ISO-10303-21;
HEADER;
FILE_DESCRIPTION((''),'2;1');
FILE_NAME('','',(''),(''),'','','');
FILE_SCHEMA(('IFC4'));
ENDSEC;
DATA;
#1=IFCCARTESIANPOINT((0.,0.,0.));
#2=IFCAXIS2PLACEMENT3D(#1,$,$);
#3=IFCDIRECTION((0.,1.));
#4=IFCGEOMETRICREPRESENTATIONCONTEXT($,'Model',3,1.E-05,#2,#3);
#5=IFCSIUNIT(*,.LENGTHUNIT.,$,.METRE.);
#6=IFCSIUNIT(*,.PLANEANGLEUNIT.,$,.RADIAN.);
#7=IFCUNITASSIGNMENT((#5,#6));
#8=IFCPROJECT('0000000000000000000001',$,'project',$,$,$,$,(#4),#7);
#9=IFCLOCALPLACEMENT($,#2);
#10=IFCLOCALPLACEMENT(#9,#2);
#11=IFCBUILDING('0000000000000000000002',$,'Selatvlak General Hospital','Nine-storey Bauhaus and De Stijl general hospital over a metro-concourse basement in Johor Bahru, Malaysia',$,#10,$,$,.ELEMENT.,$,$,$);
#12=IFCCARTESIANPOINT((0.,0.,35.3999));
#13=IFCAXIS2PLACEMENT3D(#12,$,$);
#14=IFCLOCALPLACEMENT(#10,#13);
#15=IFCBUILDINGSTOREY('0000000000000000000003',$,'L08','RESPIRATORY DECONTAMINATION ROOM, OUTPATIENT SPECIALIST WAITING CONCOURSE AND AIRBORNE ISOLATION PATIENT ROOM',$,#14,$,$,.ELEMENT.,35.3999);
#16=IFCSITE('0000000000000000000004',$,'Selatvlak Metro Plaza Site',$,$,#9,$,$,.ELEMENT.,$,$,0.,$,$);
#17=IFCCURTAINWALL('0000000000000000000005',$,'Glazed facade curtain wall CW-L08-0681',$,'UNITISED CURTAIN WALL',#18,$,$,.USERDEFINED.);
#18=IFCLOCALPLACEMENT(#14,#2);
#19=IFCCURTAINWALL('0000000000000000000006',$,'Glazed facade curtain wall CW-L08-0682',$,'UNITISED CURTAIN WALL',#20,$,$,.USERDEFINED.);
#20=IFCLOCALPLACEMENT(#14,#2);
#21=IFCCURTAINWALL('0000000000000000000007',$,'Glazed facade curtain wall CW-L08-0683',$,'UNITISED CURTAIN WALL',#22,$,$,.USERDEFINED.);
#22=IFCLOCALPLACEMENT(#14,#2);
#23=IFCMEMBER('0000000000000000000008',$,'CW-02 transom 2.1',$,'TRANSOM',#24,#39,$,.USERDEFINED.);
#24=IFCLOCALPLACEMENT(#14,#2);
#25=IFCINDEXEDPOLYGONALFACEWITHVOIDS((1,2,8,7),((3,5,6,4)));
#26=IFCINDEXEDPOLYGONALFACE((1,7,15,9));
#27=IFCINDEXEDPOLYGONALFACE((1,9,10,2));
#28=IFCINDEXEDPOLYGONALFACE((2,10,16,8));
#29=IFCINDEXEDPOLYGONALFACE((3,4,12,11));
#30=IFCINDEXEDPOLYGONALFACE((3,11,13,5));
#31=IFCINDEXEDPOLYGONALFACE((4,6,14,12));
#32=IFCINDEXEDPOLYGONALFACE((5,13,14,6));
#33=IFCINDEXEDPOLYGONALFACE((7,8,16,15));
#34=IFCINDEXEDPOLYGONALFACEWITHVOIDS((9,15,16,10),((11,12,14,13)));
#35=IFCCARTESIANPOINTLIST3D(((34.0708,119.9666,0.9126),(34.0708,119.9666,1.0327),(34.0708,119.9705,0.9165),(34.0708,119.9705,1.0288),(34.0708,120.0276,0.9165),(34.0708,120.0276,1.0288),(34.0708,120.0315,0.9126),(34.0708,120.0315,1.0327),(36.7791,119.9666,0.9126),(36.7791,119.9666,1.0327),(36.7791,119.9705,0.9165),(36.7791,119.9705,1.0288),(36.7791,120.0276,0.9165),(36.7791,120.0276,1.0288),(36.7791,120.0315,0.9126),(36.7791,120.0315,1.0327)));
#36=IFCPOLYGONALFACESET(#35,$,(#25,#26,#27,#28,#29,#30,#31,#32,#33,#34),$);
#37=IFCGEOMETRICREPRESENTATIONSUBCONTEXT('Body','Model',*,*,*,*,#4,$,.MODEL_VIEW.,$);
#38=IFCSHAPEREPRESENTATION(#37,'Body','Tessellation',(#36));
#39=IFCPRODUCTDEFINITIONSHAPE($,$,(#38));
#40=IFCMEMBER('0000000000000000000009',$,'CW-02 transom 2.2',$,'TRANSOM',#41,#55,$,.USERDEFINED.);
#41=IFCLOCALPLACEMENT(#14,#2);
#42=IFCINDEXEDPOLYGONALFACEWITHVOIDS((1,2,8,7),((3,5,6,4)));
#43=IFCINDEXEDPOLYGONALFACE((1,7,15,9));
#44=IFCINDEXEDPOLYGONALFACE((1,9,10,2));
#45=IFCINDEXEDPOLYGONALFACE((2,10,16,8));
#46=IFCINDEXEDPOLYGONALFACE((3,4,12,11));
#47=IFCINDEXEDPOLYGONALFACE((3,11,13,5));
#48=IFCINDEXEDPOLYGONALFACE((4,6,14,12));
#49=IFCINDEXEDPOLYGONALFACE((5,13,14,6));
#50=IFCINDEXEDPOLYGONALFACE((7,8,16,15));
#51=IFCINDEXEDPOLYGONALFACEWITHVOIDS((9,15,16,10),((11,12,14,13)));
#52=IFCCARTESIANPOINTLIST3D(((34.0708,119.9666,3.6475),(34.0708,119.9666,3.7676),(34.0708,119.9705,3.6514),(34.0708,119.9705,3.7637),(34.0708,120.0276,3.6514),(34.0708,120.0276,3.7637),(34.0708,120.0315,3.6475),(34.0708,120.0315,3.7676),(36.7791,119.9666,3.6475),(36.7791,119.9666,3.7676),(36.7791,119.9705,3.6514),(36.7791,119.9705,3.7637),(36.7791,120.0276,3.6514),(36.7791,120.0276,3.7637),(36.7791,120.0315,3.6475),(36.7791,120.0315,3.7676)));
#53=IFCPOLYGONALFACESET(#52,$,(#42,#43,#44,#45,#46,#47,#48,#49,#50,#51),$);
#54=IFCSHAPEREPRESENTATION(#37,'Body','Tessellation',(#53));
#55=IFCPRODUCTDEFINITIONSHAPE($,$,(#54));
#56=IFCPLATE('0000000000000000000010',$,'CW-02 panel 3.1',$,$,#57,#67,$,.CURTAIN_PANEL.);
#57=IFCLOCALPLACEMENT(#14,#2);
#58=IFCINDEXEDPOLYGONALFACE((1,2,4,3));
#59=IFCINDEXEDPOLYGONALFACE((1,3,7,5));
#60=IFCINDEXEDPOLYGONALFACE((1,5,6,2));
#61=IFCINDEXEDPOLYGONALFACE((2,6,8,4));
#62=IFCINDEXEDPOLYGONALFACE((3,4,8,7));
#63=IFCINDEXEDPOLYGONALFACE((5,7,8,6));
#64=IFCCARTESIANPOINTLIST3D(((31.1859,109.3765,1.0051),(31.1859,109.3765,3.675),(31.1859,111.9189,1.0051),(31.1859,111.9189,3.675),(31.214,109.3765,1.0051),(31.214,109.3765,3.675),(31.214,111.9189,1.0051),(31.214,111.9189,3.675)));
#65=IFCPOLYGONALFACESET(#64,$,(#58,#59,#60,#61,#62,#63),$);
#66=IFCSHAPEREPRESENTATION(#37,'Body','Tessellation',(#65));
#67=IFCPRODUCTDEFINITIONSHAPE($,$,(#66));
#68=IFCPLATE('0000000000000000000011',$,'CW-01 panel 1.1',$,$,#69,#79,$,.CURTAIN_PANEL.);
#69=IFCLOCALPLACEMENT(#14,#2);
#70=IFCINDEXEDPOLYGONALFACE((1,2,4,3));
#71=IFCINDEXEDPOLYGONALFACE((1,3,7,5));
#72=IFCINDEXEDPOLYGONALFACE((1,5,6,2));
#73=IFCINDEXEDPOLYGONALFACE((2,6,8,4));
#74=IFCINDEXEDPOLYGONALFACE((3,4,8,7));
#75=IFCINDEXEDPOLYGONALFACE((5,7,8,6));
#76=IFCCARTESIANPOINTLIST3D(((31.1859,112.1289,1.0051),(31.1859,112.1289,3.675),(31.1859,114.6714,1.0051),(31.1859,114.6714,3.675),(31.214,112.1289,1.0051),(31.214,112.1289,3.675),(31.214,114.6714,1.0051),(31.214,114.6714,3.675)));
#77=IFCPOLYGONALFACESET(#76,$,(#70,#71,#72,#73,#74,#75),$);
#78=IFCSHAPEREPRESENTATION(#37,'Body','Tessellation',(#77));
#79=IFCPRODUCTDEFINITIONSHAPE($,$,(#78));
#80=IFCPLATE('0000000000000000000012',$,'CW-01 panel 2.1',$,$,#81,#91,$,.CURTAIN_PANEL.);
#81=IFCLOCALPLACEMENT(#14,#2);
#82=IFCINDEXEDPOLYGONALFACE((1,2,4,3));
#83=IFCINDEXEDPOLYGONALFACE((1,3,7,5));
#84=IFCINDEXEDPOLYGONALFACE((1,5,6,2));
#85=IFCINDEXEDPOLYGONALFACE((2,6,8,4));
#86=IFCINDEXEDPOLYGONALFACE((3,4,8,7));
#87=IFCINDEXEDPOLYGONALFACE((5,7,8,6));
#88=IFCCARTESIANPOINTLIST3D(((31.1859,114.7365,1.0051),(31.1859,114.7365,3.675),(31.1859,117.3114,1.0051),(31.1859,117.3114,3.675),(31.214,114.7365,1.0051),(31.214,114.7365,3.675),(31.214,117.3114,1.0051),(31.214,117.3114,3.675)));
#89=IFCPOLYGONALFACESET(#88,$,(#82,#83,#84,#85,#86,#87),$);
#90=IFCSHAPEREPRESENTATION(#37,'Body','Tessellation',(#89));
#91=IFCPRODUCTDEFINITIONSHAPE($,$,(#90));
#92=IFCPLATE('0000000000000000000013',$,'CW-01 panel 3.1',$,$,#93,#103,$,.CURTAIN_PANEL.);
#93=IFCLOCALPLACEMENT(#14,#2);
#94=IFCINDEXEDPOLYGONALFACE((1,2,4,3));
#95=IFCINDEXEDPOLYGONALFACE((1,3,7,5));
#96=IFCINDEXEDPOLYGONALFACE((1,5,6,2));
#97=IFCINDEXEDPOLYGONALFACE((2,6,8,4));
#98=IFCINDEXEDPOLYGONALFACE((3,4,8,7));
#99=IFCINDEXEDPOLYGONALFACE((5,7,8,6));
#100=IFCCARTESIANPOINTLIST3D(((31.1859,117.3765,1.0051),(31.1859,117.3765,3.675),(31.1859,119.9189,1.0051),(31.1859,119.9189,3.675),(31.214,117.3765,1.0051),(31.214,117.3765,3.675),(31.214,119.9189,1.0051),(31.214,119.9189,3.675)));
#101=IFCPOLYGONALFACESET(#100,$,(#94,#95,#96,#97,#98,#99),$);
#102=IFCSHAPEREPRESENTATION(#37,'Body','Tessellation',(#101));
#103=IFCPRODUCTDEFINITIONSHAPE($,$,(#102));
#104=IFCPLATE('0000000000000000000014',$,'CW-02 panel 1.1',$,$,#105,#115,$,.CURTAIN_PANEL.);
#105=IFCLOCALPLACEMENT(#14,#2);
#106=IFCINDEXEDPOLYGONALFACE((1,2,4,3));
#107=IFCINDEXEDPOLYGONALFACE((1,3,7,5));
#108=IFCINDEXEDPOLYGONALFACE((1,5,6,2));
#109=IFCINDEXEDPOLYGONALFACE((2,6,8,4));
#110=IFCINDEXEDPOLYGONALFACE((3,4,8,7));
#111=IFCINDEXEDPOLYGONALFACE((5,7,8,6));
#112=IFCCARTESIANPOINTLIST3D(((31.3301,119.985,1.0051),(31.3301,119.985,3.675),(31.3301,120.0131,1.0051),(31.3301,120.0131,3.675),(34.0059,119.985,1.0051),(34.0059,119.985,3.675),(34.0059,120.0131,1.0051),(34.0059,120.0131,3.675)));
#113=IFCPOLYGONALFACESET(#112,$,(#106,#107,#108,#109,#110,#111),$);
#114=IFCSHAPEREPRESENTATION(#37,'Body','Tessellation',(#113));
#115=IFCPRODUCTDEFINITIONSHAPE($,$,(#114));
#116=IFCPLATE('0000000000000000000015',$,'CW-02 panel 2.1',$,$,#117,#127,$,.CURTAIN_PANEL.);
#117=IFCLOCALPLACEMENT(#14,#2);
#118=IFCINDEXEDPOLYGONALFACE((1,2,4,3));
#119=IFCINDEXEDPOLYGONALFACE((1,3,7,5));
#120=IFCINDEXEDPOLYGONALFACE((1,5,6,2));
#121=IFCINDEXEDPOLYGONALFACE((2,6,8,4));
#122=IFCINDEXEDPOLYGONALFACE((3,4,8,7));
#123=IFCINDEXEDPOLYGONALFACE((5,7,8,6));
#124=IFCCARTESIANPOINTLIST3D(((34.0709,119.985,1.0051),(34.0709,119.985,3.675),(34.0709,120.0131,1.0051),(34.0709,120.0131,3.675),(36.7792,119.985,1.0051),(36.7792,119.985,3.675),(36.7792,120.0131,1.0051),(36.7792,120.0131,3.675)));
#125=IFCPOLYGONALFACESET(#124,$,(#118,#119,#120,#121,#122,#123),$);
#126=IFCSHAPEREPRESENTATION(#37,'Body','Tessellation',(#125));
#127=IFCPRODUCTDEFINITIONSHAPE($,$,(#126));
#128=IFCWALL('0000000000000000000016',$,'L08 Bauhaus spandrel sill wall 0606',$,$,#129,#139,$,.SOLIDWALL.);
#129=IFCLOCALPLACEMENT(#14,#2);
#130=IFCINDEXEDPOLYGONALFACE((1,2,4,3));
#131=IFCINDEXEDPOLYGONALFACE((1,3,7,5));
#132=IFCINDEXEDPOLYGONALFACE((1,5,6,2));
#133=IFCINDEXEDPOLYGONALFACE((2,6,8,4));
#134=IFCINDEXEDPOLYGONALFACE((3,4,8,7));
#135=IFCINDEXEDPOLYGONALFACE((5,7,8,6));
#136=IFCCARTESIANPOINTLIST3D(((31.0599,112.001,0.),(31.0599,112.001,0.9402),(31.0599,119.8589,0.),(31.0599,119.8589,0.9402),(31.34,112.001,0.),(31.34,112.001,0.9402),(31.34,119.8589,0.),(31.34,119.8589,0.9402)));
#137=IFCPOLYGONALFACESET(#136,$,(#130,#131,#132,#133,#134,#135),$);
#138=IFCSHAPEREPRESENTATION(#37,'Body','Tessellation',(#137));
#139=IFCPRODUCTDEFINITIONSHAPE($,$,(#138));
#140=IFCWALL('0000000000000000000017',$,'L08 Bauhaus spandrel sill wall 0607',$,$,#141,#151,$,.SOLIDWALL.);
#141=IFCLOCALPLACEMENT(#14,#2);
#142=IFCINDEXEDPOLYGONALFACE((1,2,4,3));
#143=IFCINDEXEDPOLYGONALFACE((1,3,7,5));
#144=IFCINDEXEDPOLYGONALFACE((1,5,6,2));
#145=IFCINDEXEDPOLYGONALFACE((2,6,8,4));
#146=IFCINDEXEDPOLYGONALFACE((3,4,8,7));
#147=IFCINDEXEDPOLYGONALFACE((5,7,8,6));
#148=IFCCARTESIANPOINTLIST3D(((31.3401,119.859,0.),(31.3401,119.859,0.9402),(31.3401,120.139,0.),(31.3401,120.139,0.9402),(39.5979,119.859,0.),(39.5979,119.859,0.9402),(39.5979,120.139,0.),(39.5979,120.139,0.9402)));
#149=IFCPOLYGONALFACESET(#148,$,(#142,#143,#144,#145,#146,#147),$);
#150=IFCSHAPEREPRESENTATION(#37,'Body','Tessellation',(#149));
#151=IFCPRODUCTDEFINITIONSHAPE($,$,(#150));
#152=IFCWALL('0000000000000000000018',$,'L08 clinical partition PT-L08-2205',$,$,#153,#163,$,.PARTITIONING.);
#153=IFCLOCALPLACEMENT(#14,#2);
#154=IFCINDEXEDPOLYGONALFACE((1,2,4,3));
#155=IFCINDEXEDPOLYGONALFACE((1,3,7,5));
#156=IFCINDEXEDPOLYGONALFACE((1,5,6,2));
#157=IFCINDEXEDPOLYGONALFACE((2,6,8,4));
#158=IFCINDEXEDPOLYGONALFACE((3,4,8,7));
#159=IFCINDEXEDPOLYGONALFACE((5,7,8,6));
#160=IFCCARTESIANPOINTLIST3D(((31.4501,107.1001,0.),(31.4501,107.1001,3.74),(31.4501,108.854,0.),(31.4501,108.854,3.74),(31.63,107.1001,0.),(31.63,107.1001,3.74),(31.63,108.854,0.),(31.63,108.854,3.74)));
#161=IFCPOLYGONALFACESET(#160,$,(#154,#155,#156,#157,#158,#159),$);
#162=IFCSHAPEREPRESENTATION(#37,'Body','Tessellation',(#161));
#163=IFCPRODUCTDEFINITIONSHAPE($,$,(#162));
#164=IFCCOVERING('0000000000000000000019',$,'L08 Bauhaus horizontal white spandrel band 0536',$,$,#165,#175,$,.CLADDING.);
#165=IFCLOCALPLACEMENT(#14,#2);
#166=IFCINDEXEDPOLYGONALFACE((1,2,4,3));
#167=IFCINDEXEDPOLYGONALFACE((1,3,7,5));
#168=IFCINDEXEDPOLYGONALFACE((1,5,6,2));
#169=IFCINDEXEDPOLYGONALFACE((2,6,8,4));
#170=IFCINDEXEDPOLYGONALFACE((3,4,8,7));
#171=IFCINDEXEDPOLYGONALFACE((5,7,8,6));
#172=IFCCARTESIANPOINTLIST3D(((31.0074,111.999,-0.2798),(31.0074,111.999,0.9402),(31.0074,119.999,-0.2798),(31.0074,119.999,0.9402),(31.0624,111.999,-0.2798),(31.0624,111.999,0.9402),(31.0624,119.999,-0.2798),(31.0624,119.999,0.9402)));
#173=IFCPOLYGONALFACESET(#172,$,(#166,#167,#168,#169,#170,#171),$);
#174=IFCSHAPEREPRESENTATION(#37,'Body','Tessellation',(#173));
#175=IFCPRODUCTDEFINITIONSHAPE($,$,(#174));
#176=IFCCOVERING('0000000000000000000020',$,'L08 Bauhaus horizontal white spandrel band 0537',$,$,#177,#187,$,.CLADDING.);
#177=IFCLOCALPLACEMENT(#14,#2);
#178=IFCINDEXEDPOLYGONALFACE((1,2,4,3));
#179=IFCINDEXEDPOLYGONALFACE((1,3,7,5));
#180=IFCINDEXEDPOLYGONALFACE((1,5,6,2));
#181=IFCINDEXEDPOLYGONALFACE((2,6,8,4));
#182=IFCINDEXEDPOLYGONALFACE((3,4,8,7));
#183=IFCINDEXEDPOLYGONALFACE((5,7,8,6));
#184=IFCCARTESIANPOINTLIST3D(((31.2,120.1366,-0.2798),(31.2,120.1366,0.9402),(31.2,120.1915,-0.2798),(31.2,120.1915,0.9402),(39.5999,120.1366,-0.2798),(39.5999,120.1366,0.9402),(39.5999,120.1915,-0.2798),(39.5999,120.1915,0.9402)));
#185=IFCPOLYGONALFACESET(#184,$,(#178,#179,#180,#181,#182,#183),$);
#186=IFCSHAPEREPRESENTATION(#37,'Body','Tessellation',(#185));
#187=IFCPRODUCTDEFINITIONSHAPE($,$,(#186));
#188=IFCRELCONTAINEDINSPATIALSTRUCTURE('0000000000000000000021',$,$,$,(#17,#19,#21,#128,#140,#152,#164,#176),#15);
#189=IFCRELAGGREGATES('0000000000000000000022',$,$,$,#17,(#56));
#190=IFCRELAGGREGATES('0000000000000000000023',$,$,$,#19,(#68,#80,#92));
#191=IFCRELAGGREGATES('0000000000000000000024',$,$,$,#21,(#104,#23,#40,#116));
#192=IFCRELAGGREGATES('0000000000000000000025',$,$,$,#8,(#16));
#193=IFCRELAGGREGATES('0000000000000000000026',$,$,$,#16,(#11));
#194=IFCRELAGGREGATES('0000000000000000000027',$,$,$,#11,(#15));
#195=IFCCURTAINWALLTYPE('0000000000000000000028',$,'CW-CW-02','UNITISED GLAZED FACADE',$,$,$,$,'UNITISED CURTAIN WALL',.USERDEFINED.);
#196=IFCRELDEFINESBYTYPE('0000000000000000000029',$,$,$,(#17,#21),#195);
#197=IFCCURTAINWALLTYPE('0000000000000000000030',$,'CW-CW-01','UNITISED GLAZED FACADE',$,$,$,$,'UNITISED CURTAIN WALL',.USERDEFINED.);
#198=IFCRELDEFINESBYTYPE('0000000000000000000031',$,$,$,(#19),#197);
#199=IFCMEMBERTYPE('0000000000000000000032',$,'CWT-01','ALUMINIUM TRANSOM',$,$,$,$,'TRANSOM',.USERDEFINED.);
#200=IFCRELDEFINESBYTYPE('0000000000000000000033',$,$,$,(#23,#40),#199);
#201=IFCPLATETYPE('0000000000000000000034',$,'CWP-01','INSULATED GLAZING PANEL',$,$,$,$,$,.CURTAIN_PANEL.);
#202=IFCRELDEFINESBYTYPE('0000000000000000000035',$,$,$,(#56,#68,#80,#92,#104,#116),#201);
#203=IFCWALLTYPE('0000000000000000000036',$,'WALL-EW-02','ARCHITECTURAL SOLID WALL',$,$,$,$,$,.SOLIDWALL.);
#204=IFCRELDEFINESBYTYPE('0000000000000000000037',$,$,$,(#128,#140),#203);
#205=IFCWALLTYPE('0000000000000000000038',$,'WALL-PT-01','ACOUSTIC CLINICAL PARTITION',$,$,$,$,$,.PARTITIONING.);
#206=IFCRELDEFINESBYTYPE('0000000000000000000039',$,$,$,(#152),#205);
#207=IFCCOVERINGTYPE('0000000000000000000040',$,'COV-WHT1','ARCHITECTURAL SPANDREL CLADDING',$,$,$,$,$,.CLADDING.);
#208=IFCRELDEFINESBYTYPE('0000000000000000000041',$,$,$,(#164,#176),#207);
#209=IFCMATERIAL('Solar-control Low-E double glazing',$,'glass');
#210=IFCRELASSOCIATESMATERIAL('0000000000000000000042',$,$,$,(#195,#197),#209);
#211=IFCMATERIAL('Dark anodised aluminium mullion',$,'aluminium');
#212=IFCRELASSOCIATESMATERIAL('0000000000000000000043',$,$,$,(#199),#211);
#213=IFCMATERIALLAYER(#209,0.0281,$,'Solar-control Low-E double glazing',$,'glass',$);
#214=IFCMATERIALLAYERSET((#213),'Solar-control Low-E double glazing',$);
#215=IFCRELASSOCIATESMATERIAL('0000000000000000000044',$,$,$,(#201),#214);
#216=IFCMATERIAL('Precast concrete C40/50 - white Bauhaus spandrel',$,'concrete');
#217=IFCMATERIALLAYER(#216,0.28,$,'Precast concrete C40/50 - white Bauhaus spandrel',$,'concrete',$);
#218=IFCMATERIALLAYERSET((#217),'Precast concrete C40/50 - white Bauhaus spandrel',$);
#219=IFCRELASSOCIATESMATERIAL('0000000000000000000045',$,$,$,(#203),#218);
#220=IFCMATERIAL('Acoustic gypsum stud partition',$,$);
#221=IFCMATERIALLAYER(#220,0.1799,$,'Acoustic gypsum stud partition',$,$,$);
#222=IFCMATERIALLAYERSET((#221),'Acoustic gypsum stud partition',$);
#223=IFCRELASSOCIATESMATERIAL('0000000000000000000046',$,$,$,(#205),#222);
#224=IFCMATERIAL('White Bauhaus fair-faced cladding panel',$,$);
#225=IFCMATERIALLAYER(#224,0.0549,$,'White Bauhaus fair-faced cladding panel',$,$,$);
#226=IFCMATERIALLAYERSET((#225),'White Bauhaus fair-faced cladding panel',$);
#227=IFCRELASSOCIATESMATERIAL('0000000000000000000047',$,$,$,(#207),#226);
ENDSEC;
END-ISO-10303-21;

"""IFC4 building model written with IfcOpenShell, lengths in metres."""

from ifc_helpers import new_model, si_unit, direction, frame, frame_2d, origin, origin_2d, place, context, subcontext, project, spatial, rectangle, hollow_rectangle, extrude, material, layer, layer_set, material_profile, profile_set, type_object, element, aggregate, save


model = new_model("IFC4")

# Units and contexts
model_context = context("Model", 3, precision=1e-05, world=origin(), true_north=direction((0.0, 1.0)))
body_context = subcontext(model_context, "Body", "Model", "MODEL_VIEW")
ifc_project = project(units=[si_unit("LENGTHUNIT", "METRE"), si_unit("PLANEANGLEUNIT", "RADIAN")], contexts=[model_context])

# Site, building, storey
site_placement = place(None, origin())
site = spatial("IfcSite", under=ifc_project, at=site_placement, Name="Selatvlak Metro Plaza Site", CompositionType="ELEMENT", RefElevation=0.0)
building_placement = place(site_placement, origin())
building = spatial("IfcBuilding", under=site, at=building_placement, Name="Selatvlak General Hospital", Description="Nine-storey Bauhaus and De Stijl general hospital over a metro-concourse basement in Johor Bahru, Malaysia", CompositionType="ELEMENT")
storey_placement = place(building_placement, frame((0.0, 0.0, 35.3999)))
storey = spatial("IfcBuildingStorey", under=building, at=storey_placement, Name="L08", Description="RESPIRATORY DECONTAMINATION ROOM, OUTPATIENT SPECIALIST WAITING CONCOURSE AND AIRBORNE ISOLATION PATIENT ROOM", CompositionType="ELEMENT", Elevation=35.3999)

# Curtain walls
ifc_material_1 = material(Name="Solar-control Low-E double glazing", Category="glass")
curtain_wall_type_1 = type_object("IfcCurtainWallType", Name="CW-CW-02", Description="UNITISED GLAZED FACADE", ElementType="UNITISED CURTAIN WALL", PredefinedType="USERDEFINED", material=ifc_material_1)
curtain_wall_1_placement = place(storey_placement, origin())
curtain_wall_1 = element("IfcCurtainWall", 1, at=curtain_wall_1_placement, inside=storey, type_object=curtain_wall_type_1, Name="Glazed facade curtain wall CW-L08-0681", ObjectType="UNITISED CURTAIN WALL", PredefinedType="USERDEFINED")
ifc_material_2 = material(Name="Dark anodised aluminium mullion", Category="aluminium")
curtain_wall_type_2 = type_object("IfcCurtainWallType", Name="CW-CW-01", Description="UNITISED GLAZED FACADE", ElementType="UNITISED CURTAIN WALL", PredefinedType="USERDEFINED", material=ifc_material_1)
curtain_wall_2_placement = place(storey_placement, origin())
curtain_wall_2 = element("IfcCurtainWall", 2, at=curtain_wall_2_placement, inside=storey, type_object=curtain_wall_type_2, Name="Glazed facade curtain wall CW-L08-0682", ObjectType="UNITISED CURTAIN WALL", PredefinedType="USERDEFINED")
curtain_wall_3_placement = place(storey_placement, origin())
curtain_wall_3 = element("IfcCurtainWall", 3, at=curtain_wall_3_placement, inside=storey, type_object=curtain_wall_type_1, Name="Glazed facade curtain wall CW-L08-0683", ObjectType="UNITISED CURTAIN WALL", PredefinedType="USERDEFINED")

# Members
ifc_material_profile_1 = material_profile(ifc_material_2, hollow_rectangle(XDim=0.0649, YDim=0.1201, WallThickness=0.0039, at=origin_2d()), Name="AL-TRN 65x120x4")
ifc_profile_set_1 = profile_set([ifc_material_profile_1], Name="Dark anodised aluminium mullion")
member_type_1 = type_object("IfcMemberType", Name="CWT-01", Description="ALUMINIUM TRANSOM", ElementType="TRANSOM", PredefinedType="USERDEFINED", material=ifc_profile_set_1)
member_1_placement = place(storey_placement, frame((34.0708, 119.999, 0.9727), z_axis=(1.0, 0.0, 0.0), x_axis=(0.0, 1.0, 0.0)))
member_1 = element("IfcMember", 4, at=member_1_placement, type_object=member_type_1, Name="CW-02 transom 2.1", ObjectType="TRANSOM", PredefinedType="USERDEFINED", context=body_context, shape_type="SweptSolid", body=[
    extrude(hollow_rectangle(XDim=0.0649, YDim=0.1201, WallThickness=0.0039, at=origin_2d()), origin(), (0.0, 0.0, 1.0), 2.7083),
])
member_2_placement = place(storey_placement, frame((34.0708, 119.999, 3.7075), z_axis=(1.0, 0.0, 0.0), x_axis=(0.0, 1.0, 0.0)))
member_2 = element("IfcMember", 5, at=member_2_placement, type_object=member_type_1, Name="CW-02 transom 2.2", ObjectType="TRANSOM", PredefinedType="USERDEFINED", context=body_context, shape_type="SweptSolid", body=[
    extrude(hollow_rectangle(XDim=0.0649, YDim=0.1201, WallThickness=0.0039, at=origin_2d()), origin(), (0.0, 0.0, 1.0), 2.7083),
])

# Plates
ifc_layer_1 = layer(ifc_material_1, 0.0281, Name="Solar-control Low-E double glazing", Category="glass")
ifc_layer_set_1 = layer_set([ifc_layer_1], Name="Solar-control Low-E double glazing")
plate_type = type_object("IfcPlateType", Name="CWP-01", Description="INSULATED GLAZING PANEL", PredefinedType="CURTAIN_PANEL", material=ifc_layer_set_1)
plate_1_placement = place(storey_placement, frame((31.2, 110.6477, 1.0051), z_axis=(0.0, 0.0, 1.0), x_axis=(0.0, 1.0, 0.0)))
plate_1 = element("IfcPlate", 6, at=plate_1_placement, type_object=plate_type, Name="CW-02 panel 3.1", PredefinedType="CURTAIN_PANEL", context=body_context, shape_type="SweptSolid", body=[
    extrude(rectangle(XDim=2.5425, YDim=0.0281, at=origin_2d()), origin(), (0.0, 0.0, 1.0), 2.6699),
])
aggregate(curtain_wall_1, [plate_1])
plate_2_placement = place(storey_placement, frame((31.2, 113.4001, 1.0051), z_axis=(0.0, 0.0, 1.0), x_axis=(0.0, 1.0, 0.0)))
plate_2 = element("IfcPlate", 7, at=plate_2_placement, type_object=plate_type, Name="CW-01 panel 1.1", PredefinedType="CURTAIN_PANEL", context=body_context, shape_type="SweptSolid", body=[
    extrude(rectangle(XDim=2.5425, YDim=0.0281, at=origin_2d()), origin(), (0.0, 0.0, 1.0), 2.6699),
])
plate_3_placement = place(storey_placement, frame((31.2, 116.0239, 1.0051), z_axis=(0.0, 0.0, 1.0), x_axis=(0.0, 1.0, 0.0)))
plate_3 = element("IfcPlate", 8, at=plate_3_placement, type_object=plate_type, Name="CW-01 panel 2.1", PredefinedType="CURTAIN_PANEL", context=body_context, shape_type="SweptSolid", body=[
    extrude(rectangle(XDim=2.575, YDim=0.0281, at=origin_2d()), origin(), (0.0, 0.0, 1.0), 2.6699),
])
plate_4_placement = place(storey_placement, frame((31.2, 118.6477, 1.0051), z_axis=(0.0, 0.0, 1.0), x_axis=(0.0, 1.0, 0.0)))
plate_4 = element("IfcPlate", 9, at=plate_4_placement, type_object=plate_type, Name="CW-01 panel 3.1", PredefinedType="CURTAIN_PANEL", context=body_context, shape_type="SweptSolid", body=[
    extrude(rectangle(XDim=2.5425, YDim=0.0281, at=origin_2d()), origin(), (0.0, 0.0, 1.0), 2.6699),
])
aggregate(curtain_wall_2, [plate_2, plate_3, plate_4])
plate_5_placement = place(storey_placement, frame((32.668, 119.999, 1.0051), z_axis=(0.0, 0.0, 1.0), x_axis=(1.0, 0.0, 0.0)))
plate_5 = element("IfcPlate", 10, at=plate_5_placement, type_object=plate_type, Name="CW-02 panel 1.1", PredefinedType="CURTAIN_PANEL", context=body_context, shape_type="SweptSolid", body=[
    extrude(rectangle(XDim=2.6758, YDim=0.0281, at=origin_2d()), origin(), (0.0, 0.0, 1.0), 2.6699),
])
plate_6_placement = place(storey_placement, frame((35.425, 119.999, 1.0051), z_axis=(0.0, 0.0, 1.0), x_axis=(1.0, 0.0, 0.0)))
plate_6 = element("IfcPlate", 11, at=plate_6_placement, type_object=plate_type, Name="CW-02 panel 2.1", PredefinedType="CURTAIN_PANEL", context=body_context, shape_type="SweptSolid", body=[
    extrude(rectangle(XDim=2.7083, YDim=0.0281, at=origin_2d()), origin(), (0.0, 0.0, 1.0), 2.6699),
])
aggregate(curtain_wall_3, [plate_5, member_1, member_2, plate_6])

# Walls
ifc_material_3 = material(Name="Precast concrete C40/50 - white Bauhaus spandrel", Category="concrete")
ifc_layer_2 = layer(ifc_material_3, 0.28, Name="Precast concrete C40/50 - white Bauhaus spandrel", Category="concrete")
ifc_layer_set_2 = layer_set([ifc_layer_2], Name="Precast concrete C40/50 - white Bauhaus spandrel")
wall_type_1 = type_object("IfcWallType", Name="WALL-EW-02", Description="ARCHITECTURAL SOLID WALL", PredefinedType="SOLIDWALL", material=ifc_layer_set_2)
wall_1_placement = place(storey_placement, frame((31.2, 112.001, 0.0), z_axis=(0.0, 0.0, 1.0), x_axis=(0.0, 1.0, 0.0)))
element("IfcWall", 12, at=wall_1_placement, inside=storey, type_object=wall_type_1, Name="L08 Bauhaus spandrel sill wall 0606", PredefinedType="SOLIDWALL", context=body_context, shape_type="SweptSolid", body=[
    extrude(rectangle(XDim=7.8579, YDim=0.28, at=frame_2d((3.929, 0.0))), origin(), (0.0, 0.0, 1.0), 0.9402),
])
wall_2_placement = place(storey_placement, frame((31.3401, 119.999, 0.0), z_axis=(0.0, 0.0, 1.0), x_axis=(1.0, 0.0, 0.0)))
element("IfcWall", 13, at=wall_2_placement, inside=storey, type_object=wall_type_1, Name="L08 Bauhaus spandrel sill wall 0607", PredefinedType="SOLIDWALL", context=body_context, shape_type="SweptSolid", body=[
    extrude(rectangle(XDim=8.2578, YDim=0.28, at=frame_2d((4.1289, 0.0))), origin(), (0.0, 0.0, 1.0), 0.9402),
])
ifc_material_4 = material(Name="Acoustic gypsum stud partition")
ifc_layer_3 = layer(ifc_material_4, 0.1799, Name="Acoustic gypsum stud partition")
ifc_layer_set_3 = layer_set([ifc_layer_3], Name="Acoustic gypsum stud partition")
wall_type_2 = type_object("IfcWallType", Name="WALL-PT-01", Description="ACOUSTIC CLINICAL PARTITION", PredefinedType="PARTITIONING", material=ifc_layer_set_3)
wall_3_placement = place(storey_placement, frame((31.54, 108.854, 0.0), z_axis=(0.0, 0.0, 1.0), x_axis=(0.0, -1.0, 0.0)))
element("IfcWall", 14, at=wall_3_placement, inside=storey, type_object=wall_type_2, Name="L08 clinical partition PT-L08-2205", PredefinedType="PARTITIONING", context=body_context, shape_type="SweptSolid", body=[
    extrude(rectangle(XDim=1.7539, YDim=0.1799, at=frame_2d((0.877, 0.0))), origin(), (0.0, 0.0, 1.0), 3.74),
])

# Coverings
ifc_material_5 = material(Name="White Bauhaus fair-faced cladding panel")
ifc_layer_4 = layer(ifc_material_5, 0.0549, Name="White Bauhaus fair-faced cladding panel")
ifc_layer_set_4 = layer_set([ifc_layer_4], Name="White Bauhaus fair-faced cladding panel")
covering_type = type_object("IfcCoveringType", Name="COV-WHT1", Description="ARCHITECTURAL SPANDREL CLADDING", PredefinedType="CLADDING", material=ifc_layer_set_4)
covering_1_placement = place(storey_placement, frame((31.0349, 115.999, -0.2798), z_axis=(0.0, 0.0, 1.0), x_axis=(0.0, 1.0, 0.0)))
element("IfcCovering", 15, at=covering_1_placement, inside=storey, type_object=covering_type, Name="L08 Bauhaus horizontal white spandrel band 0536", PredefinedType="CLADDING", context=body_context, shape_type="SweptSolid", body=[
    extrude(rectangle(XDim=8.0, YDim=0.0549, at=origin_2d()), origin(), (0.0, 0.0, 1.0), 1.22),
])
covering_2_placement = place(storey_placement, frame((35.3999, 120.1641, -0.2798), z_axis=(0.0, 0.0, 1.0), x_axis=(1.0, 0.0, 0.0)))
element("IfcCovering", 16, at=covering_2_placement, inside=storey, type_object=covering_type, Name="L08 Bauhaus horizontal white spandrel band 0537", PredefinedType="CLADDING", context=body_context, shape_type="SweptSolid", body=[
    extrude(rectangle(XDim=8.3999, YDim=0.0549, at=origin_2d()), origin(), (0.0, 0.0, 1.0), 1.22),
])

save(model, "model.ifc")
